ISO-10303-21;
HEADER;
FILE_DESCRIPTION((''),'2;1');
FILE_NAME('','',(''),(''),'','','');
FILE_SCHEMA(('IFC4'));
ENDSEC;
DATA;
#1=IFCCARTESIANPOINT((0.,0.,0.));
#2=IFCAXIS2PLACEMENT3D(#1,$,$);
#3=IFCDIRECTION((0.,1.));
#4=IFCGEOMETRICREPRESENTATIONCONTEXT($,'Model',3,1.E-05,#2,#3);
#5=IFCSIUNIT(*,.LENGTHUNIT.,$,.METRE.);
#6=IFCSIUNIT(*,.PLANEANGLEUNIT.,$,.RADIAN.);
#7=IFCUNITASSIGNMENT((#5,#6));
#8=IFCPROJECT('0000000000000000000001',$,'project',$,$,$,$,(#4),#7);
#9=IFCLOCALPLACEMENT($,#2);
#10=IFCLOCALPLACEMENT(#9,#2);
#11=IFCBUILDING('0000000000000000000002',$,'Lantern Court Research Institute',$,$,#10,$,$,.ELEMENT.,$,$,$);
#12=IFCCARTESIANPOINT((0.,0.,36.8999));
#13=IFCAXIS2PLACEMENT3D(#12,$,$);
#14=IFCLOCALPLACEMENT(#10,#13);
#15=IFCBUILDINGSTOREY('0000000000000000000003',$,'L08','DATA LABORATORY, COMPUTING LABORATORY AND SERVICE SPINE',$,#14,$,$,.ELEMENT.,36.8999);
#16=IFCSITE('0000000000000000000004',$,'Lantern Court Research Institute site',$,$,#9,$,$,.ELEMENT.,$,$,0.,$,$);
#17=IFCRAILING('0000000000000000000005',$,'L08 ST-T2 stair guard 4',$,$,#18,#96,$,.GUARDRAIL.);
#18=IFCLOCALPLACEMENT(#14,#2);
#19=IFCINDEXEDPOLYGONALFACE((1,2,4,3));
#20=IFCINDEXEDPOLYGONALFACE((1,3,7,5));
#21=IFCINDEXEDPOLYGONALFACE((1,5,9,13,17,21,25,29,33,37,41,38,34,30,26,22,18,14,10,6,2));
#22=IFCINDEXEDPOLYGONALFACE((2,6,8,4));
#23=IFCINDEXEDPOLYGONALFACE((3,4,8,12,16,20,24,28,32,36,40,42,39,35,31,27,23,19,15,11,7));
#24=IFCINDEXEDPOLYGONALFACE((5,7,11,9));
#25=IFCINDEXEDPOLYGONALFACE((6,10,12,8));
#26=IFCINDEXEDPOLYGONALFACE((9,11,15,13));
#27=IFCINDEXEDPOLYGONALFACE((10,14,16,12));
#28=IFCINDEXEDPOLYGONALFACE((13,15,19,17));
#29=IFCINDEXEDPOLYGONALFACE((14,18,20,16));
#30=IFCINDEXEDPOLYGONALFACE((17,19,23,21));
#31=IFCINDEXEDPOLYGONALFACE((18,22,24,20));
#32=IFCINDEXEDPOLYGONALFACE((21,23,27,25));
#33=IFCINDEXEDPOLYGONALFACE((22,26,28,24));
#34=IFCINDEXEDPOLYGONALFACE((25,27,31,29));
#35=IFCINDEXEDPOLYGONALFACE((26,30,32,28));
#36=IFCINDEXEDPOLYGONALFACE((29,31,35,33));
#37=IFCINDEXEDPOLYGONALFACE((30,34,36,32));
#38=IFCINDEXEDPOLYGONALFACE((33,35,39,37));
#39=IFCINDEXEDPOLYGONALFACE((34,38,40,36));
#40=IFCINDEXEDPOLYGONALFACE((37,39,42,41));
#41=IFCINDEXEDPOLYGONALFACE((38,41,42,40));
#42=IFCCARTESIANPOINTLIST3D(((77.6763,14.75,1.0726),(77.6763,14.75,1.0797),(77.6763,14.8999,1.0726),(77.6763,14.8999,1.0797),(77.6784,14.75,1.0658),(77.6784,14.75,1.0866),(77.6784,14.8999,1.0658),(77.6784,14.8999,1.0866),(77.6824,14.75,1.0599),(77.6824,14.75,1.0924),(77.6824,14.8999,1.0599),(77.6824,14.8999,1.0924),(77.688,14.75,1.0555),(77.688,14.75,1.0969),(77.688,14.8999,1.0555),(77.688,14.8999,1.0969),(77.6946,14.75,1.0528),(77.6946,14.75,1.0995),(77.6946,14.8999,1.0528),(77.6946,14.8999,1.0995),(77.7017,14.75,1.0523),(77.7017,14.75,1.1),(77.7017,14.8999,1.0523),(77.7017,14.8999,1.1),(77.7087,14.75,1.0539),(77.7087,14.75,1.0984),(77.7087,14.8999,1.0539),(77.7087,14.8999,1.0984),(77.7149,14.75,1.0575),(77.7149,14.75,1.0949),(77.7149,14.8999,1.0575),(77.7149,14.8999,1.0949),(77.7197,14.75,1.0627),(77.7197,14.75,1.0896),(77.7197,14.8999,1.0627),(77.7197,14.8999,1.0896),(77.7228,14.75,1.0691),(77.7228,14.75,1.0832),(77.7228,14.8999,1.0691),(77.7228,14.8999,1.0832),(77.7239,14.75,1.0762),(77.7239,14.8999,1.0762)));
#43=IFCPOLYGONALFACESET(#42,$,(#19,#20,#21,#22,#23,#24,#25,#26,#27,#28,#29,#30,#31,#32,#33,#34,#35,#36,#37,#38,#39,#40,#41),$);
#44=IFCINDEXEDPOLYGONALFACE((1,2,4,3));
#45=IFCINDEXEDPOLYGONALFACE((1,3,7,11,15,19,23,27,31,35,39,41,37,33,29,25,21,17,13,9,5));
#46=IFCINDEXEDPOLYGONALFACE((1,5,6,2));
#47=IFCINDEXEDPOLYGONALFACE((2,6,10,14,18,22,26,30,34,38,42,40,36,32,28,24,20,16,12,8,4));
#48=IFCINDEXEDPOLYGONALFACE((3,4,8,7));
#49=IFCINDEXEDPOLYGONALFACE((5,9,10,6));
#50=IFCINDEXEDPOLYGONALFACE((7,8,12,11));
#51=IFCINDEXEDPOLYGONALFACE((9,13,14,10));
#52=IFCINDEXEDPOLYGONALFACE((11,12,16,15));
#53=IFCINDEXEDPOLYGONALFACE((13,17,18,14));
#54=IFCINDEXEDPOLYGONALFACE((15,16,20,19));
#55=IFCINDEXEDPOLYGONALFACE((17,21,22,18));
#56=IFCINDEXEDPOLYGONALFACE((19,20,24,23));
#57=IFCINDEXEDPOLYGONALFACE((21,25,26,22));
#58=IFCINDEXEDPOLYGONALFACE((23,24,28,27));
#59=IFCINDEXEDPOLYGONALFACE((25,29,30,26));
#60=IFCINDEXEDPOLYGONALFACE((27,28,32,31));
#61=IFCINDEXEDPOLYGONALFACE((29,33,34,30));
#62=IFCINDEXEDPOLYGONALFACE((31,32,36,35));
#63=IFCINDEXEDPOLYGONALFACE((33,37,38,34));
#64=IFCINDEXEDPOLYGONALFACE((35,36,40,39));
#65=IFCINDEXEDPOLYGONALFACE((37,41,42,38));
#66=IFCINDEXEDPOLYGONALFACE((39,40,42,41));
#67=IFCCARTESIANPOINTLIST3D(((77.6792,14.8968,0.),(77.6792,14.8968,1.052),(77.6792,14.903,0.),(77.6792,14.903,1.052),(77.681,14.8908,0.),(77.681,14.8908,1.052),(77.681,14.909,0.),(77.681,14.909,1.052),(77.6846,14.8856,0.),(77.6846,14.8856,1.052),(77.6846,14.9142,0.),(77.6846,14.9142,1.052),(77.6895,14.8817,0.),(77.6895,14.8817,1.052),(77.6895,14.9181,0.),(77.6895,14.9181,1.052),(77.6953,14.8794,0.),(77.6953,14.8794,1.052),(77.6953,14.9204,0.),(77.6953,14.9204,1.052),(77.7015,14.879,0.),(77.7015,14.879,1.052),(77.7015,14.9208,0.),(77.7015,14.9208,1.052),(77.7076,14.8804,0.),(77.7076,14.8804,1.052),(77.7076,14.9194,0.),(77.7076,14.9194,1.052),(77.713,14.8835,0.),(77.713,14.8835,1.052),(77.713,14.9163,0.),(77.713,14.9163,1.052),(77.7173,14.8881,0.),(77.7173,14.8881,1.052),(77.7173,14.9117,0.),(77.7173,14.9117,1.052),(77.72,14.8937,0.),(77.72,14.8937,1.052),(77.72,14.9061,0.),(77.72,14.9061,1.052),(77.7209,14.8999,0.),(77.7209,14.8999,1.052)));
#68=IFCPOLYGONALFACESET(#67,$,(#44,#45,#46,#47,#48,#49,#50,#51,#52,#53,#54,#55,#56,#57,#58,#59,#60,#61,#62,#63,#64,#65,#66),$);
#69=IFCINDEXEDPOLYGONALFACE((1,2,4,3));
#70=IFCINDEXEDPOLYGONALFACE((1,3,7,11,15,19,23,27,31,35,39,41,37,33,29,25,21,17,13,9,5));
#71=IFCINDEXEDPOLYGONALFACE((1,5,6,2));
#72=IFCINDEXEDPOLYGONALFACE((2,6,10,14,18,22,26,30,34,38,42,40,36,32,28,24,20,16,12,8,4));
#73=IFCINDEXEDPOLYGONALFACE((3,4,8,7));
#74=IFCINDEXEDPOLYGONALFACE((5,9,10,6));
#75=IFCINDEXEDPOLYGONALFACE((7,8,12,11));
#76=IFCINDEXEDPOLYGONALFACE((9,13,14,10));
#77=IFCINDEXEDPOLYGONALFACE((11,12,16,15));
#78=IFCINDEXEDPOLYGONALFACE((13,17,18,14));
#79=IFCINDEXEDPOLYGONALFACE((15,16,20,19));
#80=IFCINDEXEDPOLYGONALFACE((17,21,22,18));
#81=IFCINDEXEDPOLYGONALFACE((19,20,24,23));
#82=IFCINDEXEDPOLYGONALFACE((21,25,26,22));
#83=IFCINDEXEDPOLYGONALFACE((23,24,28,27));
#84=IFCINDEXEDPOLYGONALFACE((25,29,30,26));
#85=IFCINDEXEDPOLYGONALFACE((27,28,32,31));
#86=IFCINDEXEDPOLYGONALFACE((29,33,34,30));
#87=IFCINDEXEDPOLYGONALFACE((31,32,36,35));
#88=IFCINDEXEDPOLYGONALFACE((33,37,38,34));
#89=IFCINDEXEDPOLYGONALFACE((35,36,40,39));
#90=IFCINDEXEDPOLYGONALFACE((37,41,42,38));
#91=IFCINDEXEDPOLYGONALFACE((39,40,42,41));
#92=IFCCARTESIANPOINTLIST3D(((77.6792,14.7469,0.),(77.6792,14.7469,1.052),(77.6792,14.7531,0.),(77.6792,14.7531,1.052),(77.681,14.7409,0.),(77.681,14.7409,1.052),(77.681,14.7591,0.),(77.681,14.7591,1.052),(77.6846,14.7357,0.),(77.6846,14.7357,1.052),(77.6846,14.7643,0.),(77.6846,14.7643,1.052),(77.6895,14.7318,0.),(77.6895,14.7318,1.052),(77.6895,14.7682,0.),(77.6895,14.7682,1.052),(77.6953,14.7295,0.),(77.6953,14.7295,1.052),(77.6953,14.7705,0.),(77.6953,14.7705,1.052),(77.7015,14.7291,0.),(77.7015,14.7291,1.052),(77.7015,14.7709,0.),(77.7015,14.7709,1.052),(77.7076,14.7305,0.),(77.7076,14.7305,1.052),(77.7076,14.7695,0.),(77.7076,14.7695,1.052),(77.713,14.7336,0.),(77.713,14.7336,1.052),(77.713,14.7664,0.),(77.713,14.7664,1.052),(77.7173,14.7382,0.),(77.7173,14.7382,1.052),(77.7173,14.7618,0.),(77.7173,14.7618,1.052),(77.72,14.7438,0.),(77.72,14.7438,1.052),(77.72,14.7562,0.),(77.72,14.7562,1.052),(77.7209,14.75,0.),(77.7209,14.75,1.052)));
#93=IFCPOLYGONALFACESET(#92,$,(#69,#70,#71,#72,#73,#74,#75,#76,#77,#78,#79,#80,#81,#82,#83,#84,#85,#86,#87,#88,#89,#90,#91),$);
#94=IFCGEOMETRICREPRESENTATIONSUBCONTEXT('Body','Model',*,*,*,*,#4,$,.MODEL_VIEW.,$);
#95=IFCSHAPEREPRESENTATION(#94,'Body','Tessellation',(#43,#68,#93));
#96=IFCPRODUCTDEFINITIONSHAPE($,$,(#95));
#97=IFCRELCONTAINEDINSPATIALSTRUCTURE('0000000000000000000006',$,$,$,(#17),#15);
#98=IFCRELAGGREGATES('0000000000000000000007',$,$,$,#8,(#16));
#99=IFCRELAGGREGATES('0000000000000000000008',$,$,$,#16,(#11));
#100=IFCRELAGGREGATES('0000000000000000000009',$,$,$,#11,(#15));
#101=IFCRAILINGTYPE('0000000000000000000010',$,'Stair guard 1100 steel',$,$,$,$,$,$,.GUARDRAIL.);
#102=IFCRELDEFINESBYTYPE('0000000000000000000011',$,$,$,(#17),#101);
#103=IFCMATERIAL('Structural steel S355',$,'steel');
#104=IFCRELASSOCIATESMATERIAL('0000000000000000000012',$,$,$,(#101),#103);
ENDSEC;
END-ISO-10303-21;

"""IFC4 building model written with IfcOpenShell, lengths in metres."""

from ifc_helpers import new_model, si_unit, direction, frame, origin, origin_2d, place, context, subcontext, project, spatial, circle, extrude, material, type_object, element, save


model = new_model("IFC4")

# Units and contexts
model_context = context("Model", 3, precision=1e-05, world=origin(), true_north=direction((0.0, 1.0)))
body_context = subcontext(model_context, "Body", "Model", "MODEL_VIEW")
ifc_project = project(units=[si_unit("LENGTHUNIT", "METRE"), si_unit("PLANEANGLEUNIT", "RADIAN")], contexts=[model_context])

# Site, building, storey
site_placement = place(None, origin())
site = spatial("IfcSite", under=ifc_project, at=site_placement, Name="Lantern Court Research Institute site", CompositionType="ELEMENT", RefElevation=0.0)
building_placement = place(site_placement, origin())
building = spatial("IfcBuilding", under=site, at=building_placement, Name="Lantern Court Research Institute", CompositionType="ELEMENT")
storey_placement = place(building_placement, frame((0.0, 0.0, 36.8999)))
storey = spatial("IfcBuildingStorey", under=building, at=storey_placement, Name="L08", Description="DATA LABORATORY, COMPUTING LABORATORY AND SERVICE SPINE", CompositionType="ELEMENT", Elevation=36.8999)

# Railing
ifc_material_1 = material(Name="Structural steel S355", Category="steel")
railing_type_1 = type_object("IfcRailingType", Name="Stair guard 1100 steel", PredefinedType="GUARDRAIL", material=ifc_material_1)
railing_1_placement = place(storey_placement, frame((77.7, 14.8999, 0.0)))
element("IfcRailing", 1, at=railing_1_placement, inside=storey, type_object=railing_type_1, Name="L08 ST-T2 stair guard 4", PredefinedType="GUARDRAIL", context=body_context, shape_type="SweptSolid", body=[
    extrude(circle(Radius=0.0239, at=origin_2d()), frame((0.0, 0.0, 1.0762), z_axis=(0.0, -1.0, 0.0), x_axis=(1.0, 0.0, 0.0)), (0.0, 0.0, 1.0), 0.1499),
    extrude(circle(Radius=0.021, at=origin_2d()), origin(), (0.0, 0.0, 1.0), 1.052),
    extrude(circle(Radius=0.021, at=origin_2d()), frame((0.0, -0.1499, 0.0)), (0.0, 0.0, 1.0), 1.052),
])

save(model, "model.ifc")
